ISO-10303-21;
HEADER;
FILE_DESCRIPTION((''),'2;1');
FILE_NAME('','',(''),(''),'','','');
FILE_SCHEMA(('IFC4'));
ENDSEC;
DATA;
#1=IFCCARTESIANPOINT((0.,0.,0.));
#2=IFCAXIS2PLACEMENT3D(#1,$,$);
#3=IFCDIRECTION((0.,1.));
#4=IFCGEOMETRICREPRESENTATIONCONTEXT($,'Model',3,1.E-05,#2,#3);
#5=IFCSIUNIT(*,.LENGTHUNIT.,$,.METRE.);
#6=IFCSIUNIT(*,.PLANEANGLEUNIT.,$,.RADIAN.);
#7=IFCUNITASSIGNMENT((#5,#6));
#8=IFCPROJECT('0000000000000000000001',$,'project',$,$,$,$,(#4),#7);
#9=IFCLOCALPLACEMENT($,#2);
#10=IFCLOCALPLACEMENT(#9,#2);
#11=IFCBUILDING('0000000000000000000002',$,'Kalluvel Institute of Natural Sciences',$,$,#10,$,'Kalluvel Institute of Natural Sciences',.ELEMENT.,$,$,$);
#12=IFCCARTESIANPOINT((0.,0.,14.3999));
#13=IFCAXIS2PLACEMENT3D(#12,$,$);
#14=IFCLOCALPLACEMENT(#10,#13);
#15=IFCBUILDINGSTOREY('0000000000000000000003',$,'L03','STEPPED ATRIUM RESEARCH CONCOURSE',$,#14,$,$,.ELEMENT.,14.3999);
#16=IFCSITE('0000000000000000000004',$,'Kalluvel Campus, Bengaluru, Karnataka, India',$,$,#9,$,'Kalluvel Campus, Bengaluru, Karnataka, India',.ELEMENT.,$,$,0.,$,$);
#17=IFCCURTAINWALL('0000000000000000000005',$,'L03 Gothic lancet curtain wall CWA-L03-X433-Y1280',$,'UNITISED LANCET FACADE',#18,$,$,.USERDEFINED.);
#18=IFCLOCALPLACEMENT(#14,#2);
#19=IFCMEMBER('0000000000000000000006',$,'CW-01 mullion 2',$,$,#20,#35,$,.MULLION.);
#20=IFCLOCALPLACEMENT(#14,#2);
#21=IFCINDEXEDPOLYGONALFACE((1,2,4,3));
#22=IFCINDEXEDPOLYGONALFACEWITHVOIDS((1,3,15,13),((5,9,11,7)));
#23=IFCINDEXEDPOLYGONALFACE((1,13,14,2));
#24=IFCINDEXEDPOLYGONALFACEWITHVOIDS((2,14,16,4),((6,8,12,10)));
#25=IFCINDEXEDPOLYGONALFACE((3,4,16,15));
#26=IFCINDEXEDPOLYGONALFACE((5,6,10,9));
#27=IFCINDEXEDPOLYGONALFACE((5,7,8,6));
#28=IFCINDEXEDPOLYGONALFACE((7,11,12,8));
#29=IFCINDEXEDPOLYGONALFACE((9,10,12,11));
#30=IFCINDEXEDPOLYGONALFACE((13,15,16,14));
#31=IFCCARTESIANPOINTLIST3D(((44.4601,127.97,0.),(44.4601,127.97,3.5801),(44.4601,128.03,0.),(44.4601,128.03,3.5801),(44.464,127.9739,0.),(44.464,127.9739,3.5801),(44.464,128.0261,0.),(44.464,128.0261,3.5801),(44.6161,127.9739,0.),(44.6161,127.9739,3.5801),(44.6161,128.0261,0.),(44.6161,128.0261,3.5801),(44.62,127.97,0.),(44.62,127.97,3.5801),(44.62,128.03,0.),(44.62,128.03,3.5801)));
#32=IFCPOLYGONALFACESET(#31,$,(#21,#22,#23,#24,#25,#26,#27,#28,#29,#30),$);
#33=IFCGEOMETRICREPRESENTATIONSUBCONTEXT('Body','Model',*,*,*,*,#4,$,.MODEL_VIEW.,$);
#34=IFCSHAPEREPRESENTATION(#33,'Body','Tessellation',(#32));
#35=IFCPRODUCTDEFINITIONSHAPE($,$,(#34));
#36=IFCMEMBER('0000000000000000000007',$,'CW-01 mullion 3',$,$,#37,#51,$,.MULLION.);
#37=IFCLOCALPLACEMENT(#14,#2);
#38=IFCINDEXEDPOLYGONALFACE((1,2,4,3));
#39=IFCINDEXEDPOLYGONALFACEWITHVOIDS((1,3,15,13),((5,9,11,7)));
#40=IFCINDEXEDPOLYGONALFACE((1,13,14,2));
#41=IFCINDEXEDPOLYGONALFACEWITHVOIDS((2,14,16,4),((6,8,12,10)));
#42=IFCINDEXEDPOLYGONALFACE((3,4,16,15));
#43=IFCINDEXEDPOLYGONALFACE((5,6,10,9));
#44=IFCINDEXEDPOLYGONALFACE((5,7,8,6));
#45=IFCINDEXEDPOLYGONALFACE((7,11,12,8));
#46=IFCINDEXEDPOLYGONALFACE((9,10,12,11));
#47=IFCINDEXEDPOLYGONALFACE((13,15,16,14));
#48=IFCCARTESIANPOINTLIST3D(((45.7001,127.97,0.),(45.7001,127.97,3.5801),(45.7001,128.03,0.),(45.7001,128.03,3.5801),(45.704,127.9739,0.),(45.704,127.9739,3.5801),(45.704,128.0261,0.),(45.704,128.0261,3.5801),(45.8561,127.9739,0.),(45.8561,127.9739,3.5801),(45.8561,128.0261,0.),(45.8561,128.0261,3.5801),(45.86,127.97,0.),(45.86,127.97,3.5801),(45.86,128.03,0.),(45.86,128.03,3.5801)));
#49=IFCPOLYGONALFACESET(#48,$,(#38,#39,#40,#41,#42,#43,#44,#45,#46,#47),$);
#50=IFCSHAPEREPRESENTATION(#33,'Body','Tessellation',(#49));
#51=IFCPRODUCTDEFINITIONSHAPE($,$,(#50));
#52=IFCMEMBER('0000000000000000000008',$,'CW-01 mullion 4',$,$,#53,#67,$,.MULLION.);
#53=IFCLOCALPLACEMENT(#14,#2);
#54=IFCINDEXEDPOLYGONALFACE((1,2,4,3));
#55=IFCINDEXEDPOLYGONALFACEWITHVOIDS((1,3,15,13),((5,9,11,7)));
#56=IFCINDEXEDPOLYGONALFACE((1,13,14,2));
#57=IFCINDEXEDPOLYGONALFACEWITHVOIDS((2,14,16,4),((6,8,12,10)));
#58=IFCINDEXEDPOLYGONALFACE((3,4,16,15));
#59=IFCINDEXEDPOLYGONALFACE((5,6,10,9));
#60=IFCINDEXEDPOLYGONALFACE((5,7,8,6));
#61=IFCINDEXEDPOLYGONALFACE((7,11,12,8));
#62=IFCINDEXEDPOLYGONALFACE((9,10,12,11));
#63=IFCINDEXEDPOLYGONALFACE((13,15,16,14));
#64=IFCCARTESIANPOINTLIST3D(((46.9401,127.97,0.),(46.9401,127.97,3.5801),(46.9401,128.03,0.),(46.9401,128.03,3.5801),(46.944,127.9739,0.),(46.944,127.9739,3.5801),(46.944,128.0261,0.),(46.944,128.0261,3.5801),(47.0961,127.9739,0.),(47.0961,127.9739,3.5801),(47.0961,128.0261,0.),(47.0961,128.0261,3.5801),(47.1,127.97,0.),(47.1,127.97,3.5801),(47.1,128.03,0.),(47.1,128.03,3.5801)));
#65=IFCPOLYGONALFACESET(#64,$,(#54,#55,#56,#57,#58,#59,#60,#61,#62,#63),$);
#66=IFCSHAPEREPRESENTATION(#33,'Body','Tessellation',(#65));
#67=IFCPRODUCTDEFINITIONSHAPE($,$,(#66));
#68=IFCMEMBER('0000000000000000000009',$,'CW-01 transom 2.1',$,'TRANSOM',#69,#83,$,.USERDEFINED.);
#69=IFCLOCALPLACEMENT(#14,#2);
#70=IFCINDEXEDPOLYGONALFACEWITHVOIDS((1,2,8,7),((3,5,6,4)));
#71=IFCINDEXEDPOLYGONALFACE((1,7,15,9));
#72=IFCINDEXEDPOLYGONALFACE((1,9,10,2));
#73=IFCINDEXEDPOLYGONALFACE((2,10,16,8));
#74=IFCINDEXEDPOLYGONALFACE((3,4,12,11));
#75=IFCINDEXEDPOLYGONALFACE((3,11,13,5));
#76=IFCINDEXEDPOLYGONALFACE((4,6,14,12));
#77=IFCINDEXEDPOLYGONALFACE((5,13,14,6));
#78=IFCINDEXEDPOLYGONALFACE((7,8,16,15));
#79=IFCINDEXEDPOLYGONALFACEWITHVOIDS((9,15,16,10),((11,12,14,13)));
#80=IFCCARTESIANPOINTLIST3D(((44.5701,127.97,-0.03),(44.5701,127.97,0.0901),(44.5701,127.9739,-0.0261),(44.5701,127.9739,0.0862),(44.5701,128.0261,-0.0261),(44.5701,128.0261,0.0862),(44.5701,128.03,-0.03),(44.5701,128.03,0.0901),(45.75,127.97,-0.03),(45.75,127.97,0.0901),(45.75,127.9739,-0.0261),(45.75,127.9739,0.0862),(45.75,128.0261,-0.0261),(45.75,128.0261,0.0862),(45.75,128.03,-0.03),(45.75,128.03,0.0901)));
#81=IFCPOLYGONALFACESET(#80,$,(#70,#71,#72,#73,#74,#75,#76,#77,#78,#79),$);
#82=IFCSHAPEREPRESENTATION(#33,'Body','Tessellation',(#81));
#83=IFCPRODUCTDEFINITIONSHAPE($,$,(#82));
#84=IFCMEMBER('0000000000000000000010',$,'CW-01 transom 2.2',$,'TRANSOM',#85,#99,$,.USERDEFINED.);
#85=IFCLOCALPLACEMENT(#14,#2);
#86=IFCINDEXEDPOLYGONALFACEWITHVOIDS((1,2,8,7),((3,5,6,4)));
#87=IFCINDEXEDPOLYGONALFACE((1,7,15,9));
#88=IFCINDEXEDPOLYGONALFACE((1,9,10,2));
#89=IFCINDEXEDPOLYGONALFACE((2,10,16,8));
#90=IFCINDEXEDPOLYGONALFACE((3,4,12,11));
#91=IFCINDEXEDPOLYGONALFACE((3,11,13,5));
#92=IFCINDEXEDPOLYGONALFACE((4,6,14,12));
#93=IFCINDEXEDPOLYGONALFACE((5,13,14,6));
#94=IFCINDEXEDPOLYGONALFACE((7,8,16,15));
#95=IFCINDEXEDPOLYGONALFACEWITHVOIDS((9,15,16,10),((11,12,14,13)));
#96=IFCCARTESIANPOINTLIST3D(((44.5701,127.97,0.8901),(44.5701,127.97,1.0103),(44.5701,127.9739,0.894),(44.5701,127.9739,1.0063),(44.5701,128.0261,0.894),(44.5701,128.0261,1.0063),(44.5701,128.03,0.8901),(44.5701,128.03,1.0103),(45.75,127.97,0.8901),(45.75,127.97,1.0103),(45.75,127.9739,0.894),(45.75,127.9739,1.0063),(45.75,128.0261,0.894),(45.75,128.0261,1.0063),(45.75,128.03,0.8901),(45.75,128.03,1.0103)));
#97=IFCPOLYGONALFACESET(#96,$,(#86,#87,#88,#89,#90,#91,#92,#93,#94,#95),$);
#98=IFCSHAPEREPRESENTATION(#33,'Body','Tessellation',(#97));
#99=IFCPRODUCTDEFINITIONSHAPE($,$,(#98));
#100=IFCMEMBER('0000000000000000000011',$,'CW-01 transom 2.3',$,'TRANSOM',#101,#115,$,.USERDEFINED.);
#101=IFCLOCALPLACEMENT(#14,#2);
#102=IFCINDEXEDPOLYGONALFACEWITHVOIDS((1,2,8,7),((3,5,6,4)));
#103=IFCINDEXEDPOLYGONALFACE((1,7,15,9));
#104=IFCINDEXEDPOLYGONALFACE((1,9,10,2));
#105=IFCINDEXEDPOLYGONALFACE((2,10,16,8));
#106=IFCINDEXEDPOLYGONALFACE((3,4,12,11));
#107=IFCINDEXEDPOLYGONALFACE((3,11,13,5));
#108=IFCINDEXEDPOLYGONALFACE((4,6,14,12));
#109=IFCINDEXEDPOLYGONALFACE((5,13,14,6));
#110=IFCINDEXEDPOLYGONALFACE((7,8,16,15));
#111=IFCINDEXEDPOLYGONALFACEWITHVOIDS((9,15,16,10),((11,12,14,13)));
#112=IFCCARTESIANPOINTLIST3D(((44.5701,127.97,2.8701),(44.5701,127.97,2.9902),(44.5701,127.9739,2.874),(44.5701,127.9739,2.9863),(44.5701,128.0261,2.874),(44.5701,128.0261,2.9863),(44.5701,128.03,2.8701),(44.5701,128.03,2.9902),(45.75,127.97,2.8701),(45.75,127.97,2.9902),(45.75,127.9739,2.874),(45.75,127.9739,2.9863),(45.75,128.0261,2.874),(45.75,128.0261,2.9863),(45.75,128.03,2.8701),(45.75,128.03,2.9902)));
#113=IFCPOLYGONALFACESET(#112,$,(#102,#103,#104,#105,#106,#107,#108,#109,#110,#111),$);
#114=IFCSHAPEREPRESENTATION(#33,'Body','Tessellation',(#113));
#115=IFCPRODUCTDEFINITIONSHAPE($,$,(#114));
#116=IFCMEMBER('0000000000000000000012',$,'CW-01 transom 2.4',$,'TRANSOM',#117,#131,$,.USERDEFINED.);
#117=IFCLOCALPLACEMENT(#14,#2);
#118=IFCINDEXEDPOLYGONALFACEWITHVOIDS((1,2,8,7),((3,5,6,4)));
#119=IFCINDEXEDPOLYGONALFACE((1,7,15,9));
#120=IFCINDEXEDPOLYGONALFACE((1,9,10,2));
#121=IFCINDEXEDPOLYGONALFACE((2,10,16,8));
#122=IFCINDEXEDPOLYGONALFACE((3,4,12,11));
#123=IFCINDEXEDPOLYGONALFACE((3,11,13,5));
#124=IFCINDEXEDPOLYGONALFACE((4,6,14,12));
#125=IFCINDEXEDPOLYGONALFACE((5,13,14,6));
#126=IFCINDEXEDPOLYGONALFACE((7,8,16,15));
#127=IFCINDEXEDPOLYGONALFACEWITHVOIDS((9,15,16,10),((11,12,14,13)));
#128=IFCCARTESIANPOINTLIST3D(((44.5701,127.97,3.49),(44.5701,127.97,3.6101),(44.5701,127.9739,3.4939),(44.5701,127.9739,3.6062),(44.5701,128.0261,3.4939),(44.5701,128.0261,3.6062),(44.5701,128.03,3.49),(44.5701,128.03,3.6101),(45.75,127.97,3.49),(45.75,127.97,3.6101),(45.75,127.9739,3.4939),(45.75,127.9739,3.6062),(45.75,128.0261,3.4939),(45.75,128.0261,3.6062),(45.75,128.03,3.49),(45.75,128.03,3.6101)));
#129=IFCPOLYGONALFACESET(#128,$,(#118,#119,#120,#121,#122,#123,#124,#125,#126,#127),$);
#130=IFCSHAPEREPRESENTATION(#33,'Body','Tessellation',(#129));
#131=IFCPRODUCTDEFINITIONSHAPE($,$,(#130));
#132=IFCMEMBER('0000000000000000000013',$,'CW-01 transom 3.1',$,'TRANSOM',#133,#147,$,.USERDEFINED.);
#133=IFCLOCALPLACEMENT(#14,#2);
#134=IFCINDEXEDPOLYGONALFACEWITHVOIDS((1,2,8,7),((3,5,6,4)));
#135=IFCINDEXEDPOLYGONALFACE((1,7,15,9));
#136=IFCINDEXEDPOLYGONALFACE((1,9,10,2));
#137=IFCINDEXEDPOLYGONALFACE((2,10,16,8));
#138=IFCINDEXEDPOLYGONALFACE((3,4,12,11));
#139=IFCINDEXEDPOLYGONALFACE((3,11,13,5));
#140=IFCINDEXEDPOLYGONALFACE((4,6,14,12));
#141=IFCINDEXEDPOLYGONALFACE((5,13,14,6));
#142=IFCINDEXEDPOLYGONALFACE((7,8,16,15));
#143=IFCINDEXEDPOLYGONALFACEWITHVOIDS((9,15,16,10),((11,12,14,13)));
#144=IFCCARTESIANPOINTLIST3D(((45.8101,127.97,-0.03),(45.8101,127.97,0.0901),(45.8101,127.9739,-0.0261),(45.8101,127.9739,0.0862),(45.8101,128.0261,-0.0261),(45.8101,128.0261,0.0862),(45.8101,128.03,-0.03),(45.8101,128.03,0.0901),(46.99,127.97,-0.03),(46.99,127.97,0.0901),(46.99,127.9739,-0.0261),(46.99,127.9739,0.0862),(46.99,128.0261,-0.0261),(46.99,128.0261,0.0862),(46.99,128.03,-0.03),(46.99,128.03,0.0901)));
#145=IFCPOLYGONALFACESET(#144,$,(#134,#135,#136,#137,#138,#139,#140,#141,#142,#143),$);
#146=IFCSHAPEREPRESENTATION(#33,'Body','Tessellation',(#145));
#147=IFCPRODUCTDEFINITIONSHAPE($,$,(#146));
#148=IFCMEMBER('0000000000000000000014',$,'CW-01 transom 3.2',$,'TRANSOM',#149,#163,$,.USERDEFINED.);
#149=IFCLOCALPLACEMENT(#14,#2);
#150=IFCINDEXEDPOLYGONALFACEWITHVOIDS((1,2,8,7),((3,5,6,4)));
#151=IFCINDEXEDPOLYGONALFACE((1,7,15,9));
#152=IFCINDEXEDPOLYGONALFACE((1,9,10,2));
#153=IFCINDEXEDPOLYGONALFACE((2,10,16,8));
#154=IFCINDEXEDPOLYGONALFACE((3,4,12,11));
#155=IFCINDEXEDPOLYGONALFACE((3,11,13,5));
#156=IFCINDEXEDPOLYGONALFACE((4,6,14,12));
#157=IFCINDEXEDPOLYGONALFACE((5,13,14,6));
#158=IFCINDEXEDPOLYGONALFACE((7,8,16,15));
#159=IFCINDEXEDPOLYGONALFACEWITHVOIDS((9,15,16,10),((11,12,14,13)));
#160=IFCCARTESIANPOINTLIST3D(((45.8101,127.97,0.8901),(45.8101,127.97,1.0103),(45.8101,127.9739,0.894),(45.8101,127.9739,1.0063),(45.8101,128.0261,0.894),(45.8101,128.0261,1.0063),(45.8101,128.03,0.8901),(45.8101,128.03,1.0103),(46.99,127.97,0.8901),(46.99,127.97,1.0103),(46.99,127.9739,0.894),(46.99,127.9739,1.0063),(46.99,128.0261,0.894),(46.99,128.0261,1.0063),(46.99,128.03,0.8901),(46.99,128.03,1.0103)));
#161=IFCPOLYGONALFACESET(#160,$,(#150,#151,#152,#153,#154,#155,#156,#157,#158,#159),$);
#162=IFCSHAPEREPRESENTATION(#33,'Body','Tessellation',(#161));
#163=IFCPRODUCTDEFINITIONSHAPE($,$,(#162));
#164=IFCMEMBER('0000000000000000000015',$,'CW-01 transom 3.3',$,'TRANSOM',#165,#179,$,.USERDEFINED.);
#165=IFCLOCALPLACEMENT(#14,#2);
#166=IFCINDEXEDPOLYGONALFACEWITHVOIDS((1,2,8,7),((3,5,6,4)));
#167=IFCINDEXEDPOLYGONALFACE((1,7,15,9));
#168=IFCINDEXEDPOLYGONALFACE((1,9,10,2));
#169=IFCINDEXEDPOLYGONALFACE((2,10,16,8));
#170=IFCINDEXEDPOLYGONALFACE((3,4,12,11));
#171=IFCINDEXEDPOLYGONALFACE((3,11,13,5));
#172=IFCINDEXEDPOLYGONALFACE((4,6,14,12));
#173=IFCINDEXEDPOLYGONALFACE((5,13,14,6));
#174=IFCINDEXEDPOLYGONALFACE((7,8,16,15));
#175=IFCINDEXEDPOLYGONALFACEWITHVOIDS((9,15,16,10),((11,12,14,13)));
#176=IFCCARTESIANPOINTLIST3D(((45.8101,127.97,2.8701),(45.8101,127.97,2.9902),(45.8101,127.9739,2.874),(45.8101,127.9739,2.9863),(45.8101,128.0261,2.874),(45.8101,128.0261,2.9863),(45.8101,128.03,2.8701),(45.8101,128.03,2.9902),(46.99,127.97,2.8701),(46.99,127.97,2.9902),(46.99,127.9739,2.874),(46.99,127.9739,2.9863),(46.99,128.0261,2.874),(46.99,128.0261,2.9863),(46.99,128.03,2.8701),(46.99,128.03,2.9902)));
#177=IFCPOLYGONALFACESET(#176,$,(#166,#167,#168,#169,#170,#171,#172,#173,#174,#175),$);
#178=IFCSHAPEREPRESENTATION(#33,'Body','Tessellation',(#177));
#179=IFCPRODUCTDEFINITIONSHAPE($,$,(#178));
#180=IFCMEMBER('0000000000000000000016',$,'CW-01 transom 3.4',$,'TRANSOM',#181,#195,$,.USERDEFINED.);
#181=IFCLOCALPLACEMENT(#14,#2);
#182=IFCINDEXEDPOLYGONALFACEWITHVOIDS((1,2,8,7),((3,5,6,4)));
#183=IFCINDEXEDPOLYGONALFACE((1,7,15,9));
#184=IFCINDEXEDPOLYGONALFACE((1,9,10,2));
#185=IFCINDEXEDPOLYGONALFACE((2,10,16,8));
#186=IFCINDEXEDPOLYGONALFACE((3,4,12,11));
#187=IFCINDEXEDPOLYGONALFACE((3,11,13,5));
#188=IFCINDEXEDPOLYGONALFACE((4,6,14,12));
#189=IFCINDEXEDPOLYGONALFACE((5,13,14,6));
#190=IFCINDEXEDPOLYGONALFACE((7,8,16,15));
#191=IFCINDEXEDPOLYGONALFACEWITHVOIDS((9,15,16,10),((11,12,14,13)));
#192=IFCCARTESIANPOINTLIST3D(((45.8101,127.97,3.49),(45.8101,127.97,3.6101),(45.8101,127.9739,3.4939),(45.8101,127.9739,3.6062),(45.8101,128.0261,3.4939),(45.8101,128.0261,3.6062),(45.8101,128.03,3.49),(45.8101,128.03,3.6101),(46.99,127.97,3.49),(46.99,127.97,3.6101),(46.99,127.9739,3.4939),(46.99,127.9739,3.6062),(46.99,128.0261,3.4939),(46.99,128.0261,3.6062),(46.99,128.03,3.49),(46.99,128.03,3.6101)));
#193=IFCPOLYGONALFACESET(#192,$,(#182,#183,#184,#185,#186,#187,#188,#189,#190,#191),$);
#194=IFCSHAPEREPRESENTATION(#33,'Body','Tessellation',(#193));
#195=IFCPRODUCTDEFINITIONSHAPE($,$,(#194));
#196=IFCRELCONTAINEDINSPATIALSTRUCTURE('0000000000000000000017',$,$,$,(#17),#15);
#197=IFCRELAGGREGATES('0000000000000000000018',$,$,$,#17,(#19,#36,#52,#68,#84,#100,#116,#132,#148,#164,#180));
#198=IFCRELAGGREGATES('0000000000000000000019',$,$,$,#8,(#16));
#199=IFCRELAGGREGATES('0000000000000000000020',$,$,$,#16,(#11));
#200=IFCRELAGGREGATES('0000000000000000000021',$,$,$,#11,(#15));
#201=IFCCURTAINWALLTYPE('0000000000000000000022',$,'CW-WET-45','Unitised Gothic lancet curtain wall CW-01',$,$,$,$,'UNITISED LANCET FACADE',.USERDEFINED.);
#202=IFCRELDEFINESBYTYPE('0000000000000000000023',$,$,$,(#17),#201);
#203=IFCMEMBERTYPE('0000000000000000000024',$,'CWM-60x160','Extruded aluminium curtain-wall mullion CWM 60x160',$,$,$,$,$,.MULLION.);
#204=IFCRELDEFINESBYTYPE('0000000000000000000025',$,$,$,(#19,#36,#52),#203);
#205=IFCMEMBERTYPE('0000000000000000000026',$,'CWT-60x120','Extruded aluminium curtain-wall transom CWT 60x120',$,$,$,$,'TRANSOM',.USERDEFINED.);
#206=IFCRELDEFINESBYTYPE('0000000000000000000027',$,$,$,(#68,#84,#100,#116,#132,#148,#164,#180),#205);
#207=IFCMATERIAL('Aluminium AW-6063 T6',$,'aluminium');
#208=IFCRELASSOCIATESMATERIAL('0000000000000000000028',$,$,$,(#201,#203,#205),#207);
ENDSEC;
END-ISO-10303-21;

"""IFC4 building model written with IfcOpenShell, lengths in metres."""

from ifc_helpers import new_model, si_unit, direction, frame, origin, origin_2d, place, context, subcontext, project, spatial, hollow_rectangle, extrude, material, material_profile, profile_set, type_object, element, aggregate, save


model = new_model("IFC4")

# Units and contexts
model_context = context("Model", 3, precision=1e-05, world=origin(), true_north=direction((0.0, 1.0)))
body_context = subcontext(model_context, "Body", "Model", "MODEL_VIEW")
ifc_project = project(units=[si_unit("LENGTHUNIT", "METRE"), si_unit("PLANEANGLEUNIT", "RADIAN")], contexts=[model_context])

# Site, building, storey
site_placement = place(None, origin())
site = spatial("IfcSite", under=ifc_project, at=site_placement, Name="Kalluvel Campus, Bengaluru, Karnataka, India", LongName="Kalluvel Campus, Bengaluru, Karnataka, India", CompositionType="ELEMENT", RefElevation=0.0)
building_placement = place(site_placement, origin())
building = spatial("IfcBuilding", under=site, at=building_placement, Name="Kalluvel Institute of Natural Sciences", LongName="Kalluvel Institute of Natural Sciences", CompositionType="ELEMENT")
storey_placement = place(building_placement, frame((0.0, 0.0, 14.3999)))
storey = spatial("IfcBuildingStorey", under=building, at=storey_placement, Name="L03", Description="STEPPED ATRIUM RESEARCH CONCOURSE", CompositionType="ELEMENT", Elevation=14.3999)

# Curtain wall, members
ifc_material_1 = material(Name="Aluminium AW-6063 T6", Category="aluminium")
curtain_wall_type = type_object("IfcCurtainWallType", Name="CW-WET-45", Description="Unitised Gothic lancet curtain wall CW-01", ElementType="UNITISED LANCET FACADE", PredefinedType="USERDEFINED", material=ifc_material_1)
curtain_wall_placement = place(storey_placement, origin())
curtain_wall = element("IfcCurtainWall", 1, at=curtain_wall_placement, inside=storey, type_object=curtain_wall_type, Name="L03 Gothic lancet curtain wall CWA-L03-X433-Y1280", ObjectType="UNITISED LANCET FACADE", PredefinedType="USERDEFINED")
ifc_material_profile_1 = material_profile(ifc_material_1, hollow_rectangle(XDim=0.0601, YDim=0.1599, WallThickness=0.0039, at=origin_2d()), Name="CWM 60x160")
ifc_profile_set_1 = profile_set([ifc_material_profile_1], Name="Aluminium AW-6063 T6")
member_type_1 = type_object("IfcMemberType", Name="CWM-60x160", Description="Extruded aluminium curtain-wall mullion CWM 60x160", PredefinedType="MULLION", material=ifc_profile_set_1)
member_1_placement = place(storey_placement, frame((44.54, 128.0, 0.0), z_axis=(0.0, 0.0, 1.0), x_axis=(0.0, 1.0, 0.0)))
member_1 = element("IfcMember", 2, at=member_1_placement, type_object=member_type_1, Name="CW-01 mullion 2", PredefinedType="MULLION", context=body_context, shape_type="SweptSolid", body=[
    extrude(hollow_rectangle(XDim=0.0601, YDim=0.1599, WallThickness=0.0039, at=origin_2d()), origin(), (0.0, 0.0, 1.0), 3.5801),
])
member_2_placement = place(storey_placement, frame((45.78, 128.0, 0.0), z_axis=(0.0, 0.0, 1.0), x_axis=(0.0, 1.0, 0.0)))
member_2 = element("IfcMember", 3, at=member_2_placement, type_object=member_type_1, Name="CW-01 mullion 3", PredefinedType="MULLION", context=body_context, shape_type="SweptSolid", body=[
    extrude(hollow_rectangle(XDim=0.0601, YDim=0.1599, WallThickness=0.0039, at=origin_2d()), origin(), (0.0, 0.0, 1.0), 3.5801),
])
member_3_placement = place(storey_placement, frame((47.02, 128.0, 0.0), z_axis=(0.0, 0.0, 1.0), x_axis=(0.0, 1.0, 0.0)))
member_3 = element("IfcMember", 4, at=member_3_placement, type_object=member_type_1, Name="CW-01 mullion 4", PredefinedType="MULLION", context=body_context, shape_type="SweptSolid", body=[
    extrude(hollow_rectangle(XDim=0.0601, YDim=0.1599, WallThickness=0.0039, at=origin_2d()), origin(), (0.0, 0.0, 1.0), 3.5801),
])
ifc_material_profile_2 = material_profile(ifc_material_1, hollow_rectangle(XDim=0.0601, YDim=0.1201, WallThickness=0.0039, at=origin_2d()), Name="CWT 60x120")
ifc_profile_set_2 = profile_set([ifc_material_profile_2], Name="Aluminium AW-6063 T6")
member_type_2 = type_object("IfcMemberType", Name="CWT-60x120", Description="Extruded aluminium curtain-wall transom CWT 60x120", ElementType="TRANSOM", PredefinedType="USERDEFINED", material=ifc_profile_set_2)
member_4_placement = place(storey_placement, frame((44.5701, 128.0, 0.03), z_axis=(1.0, 0.0, 0.0), x_axis=(0.0, 1.0, 0.0)))
member_4 = element("IfcMember", 5, at=member_4_placement, type_object=member_type_2, Name="CW-01 transom 2.1", ObjectType="TRANSOM", PredefinedType="USERDEFINED", context=body_context, shape_type="SweptSolid", body=[
    extrude(hollow_rectangle(XDim=0.0601, YDim=0.1201, WallThickness=0.0039, at=origin_2d()), origin(), (0.0, 0.0, 1.0), 1.1799),
])
member_5_placement = place(storey_placement, frame((44.5701, 128.0, 0.9502), z_axis=(1.0, 0.0, 0.0), x_axis=(0.0, 1.0, 0.0)))
member_5 = element("IfcMember", 6, at=member_5_placement, type_object=member_type_2, Name="CW-01 transom 2.2", ObjectType="TRANSOM", PredefinedType="USERDEFINED", context=body_context, shape_type="SweptSolid", body=[
    extrude(hollow_rectangle(XDim=0.0601, YDim=0.1201, WallThickness=0.0039, at=origin_2d()), origin(), (0.0, 0.0, 1.0), 1.1799),
])
member_6_placement = place(storey_placement, frame((44.5701, 128.0, 2.9302), z_axis=(1.0, 0.0, 0.0), x_axis=(0.0, 1.0, 0.0)))
member_6 = element("IfcMember", 7, at=member_6_placement, type_object=member_type_2, Name="CW-01 transom 2.3", ObjectType="TRANSOM", PredefinedType="USERDEFINED", context=body_context, shape_type="SweptSolid", body=[
    extrude(hollow_rectangle(XDim=0.0601, YDim=0.1201, WallThickness=0.0039, at=origin_2d()), origin(), (0.0, 0.0, 1.0), 1.1799),
])
member_7_placement = place(storey_placement, frame((44.5701, 128.0, 3.55), z_axis=(1.0, 0.0, 0.0), x_axis=(0.0, 1.0, 0.0)))
member_7 = element("IfcMember", 8, at=member_7_placement, type_object=member_type_2, Name="CW-01 transom 2.4", ObjectType="TRANSOM", PredefinedType="USERDEFINED", context=body_context, shape_type="SweptSolid", body=[
    extrude(hollow_rectangle(XDim=0.0601, YDim=0.1201, WallThickness=0.0039, at=origin_2d()), origin(), (0.0, 0.0, 1.0), 1.1799),
])
member_8_placement = place(storey_placement, frame((45.8101, 128.0, 0.03), z_axis=(1.0, 0.0, 0.0), x_axis=(0.0, 1.0, 0.0)))
member_8 = element("IfcMember", 9, at=member_8_placement, type_object=member_type_2, Name="CW-01 transom 3.1", ObjectType="TRANSOM", PredefinedType="USERDEFINED", context=body_context, shape_type="SweptSolid", body=[
    extrude(hollow_rectangle(XDim=0.0601, YDim=0.1201, WallThickness=0.0039, at=origin_2d()), origin(), (0.0, 0.0, 1.0), 1.1799),
])
member_9_placement = place(storey_placement, frame((45.8101, 128.0, 0.9502), z_axis=(1.0, 0.0, 0.0), x_axis=(0.0, 1.0, 0.0)))
member_9 = element("IfcMember", 10, at=member_9_placement, type_object=member_type_2, Name="CW-01 transom 3.2", ObjectType="TRANSOM", PredefinedType="USERDEFINED", context=body_context, shape_type="SweptSolid", body=[
    extrude(hollow_rectangle(XDim=0.0601, YDim=0.1201, WallThickness=0.0039, at=origin_2d()), origin(), (0.0, 0.0, 1.0), 1.1799),
])
member_10_placement = place(storey_placement, frame((45.8101, 128.0, 2.9302), z_axis=(1.0, 0.0, 0.0), x_axis=(0.0, 1.0, 0.0)))
member_10 = element("IfcMember", 11, at=member_10_placement, type_object=member_type_2, Name="CW-01 transom 3.3", ObjectType="TRANSOM", PredefinedType="USERDEFINED", context=body_context, shape_type="SweptSolid", body=[
    extrude(hollow_rectangle(XDim=0.0601, YDim=0.1201, WallThickness=0.0039, at=origin_2d()), origin(), (0.0, 0.0, 1.0), 1.1799),
])
member_11_placement = place(storey_placement, frame((45.8101, 128.0, 3.55), z_axis=(1.0, 0.0, 0.0), x_axis=(0.0, 1.0, 0.0)))
member_11 = element("IfcMember", 12, at=member_11_placement, type_object=member_type_2, Name="CW-01 transom 3.4", ObjectType="TRANSOM", PredefinedType="USERDEFINED", context=body_context, shape_type="SweptSolid", body=[
    extrude(hollow_rectangle(XDim=0.0601, YDim=0.1201, WallThickness=0.0039, at=origin_2d()), origin(), (0.0, 0.0, 1.0), 1.1799),
])
aggregate(curtain_wall, [member_1, member_2, member_3, member_4, member_5, member_6, member_7, member_8, member_9, member_10, member_11])

save(model, "model.ifc")
